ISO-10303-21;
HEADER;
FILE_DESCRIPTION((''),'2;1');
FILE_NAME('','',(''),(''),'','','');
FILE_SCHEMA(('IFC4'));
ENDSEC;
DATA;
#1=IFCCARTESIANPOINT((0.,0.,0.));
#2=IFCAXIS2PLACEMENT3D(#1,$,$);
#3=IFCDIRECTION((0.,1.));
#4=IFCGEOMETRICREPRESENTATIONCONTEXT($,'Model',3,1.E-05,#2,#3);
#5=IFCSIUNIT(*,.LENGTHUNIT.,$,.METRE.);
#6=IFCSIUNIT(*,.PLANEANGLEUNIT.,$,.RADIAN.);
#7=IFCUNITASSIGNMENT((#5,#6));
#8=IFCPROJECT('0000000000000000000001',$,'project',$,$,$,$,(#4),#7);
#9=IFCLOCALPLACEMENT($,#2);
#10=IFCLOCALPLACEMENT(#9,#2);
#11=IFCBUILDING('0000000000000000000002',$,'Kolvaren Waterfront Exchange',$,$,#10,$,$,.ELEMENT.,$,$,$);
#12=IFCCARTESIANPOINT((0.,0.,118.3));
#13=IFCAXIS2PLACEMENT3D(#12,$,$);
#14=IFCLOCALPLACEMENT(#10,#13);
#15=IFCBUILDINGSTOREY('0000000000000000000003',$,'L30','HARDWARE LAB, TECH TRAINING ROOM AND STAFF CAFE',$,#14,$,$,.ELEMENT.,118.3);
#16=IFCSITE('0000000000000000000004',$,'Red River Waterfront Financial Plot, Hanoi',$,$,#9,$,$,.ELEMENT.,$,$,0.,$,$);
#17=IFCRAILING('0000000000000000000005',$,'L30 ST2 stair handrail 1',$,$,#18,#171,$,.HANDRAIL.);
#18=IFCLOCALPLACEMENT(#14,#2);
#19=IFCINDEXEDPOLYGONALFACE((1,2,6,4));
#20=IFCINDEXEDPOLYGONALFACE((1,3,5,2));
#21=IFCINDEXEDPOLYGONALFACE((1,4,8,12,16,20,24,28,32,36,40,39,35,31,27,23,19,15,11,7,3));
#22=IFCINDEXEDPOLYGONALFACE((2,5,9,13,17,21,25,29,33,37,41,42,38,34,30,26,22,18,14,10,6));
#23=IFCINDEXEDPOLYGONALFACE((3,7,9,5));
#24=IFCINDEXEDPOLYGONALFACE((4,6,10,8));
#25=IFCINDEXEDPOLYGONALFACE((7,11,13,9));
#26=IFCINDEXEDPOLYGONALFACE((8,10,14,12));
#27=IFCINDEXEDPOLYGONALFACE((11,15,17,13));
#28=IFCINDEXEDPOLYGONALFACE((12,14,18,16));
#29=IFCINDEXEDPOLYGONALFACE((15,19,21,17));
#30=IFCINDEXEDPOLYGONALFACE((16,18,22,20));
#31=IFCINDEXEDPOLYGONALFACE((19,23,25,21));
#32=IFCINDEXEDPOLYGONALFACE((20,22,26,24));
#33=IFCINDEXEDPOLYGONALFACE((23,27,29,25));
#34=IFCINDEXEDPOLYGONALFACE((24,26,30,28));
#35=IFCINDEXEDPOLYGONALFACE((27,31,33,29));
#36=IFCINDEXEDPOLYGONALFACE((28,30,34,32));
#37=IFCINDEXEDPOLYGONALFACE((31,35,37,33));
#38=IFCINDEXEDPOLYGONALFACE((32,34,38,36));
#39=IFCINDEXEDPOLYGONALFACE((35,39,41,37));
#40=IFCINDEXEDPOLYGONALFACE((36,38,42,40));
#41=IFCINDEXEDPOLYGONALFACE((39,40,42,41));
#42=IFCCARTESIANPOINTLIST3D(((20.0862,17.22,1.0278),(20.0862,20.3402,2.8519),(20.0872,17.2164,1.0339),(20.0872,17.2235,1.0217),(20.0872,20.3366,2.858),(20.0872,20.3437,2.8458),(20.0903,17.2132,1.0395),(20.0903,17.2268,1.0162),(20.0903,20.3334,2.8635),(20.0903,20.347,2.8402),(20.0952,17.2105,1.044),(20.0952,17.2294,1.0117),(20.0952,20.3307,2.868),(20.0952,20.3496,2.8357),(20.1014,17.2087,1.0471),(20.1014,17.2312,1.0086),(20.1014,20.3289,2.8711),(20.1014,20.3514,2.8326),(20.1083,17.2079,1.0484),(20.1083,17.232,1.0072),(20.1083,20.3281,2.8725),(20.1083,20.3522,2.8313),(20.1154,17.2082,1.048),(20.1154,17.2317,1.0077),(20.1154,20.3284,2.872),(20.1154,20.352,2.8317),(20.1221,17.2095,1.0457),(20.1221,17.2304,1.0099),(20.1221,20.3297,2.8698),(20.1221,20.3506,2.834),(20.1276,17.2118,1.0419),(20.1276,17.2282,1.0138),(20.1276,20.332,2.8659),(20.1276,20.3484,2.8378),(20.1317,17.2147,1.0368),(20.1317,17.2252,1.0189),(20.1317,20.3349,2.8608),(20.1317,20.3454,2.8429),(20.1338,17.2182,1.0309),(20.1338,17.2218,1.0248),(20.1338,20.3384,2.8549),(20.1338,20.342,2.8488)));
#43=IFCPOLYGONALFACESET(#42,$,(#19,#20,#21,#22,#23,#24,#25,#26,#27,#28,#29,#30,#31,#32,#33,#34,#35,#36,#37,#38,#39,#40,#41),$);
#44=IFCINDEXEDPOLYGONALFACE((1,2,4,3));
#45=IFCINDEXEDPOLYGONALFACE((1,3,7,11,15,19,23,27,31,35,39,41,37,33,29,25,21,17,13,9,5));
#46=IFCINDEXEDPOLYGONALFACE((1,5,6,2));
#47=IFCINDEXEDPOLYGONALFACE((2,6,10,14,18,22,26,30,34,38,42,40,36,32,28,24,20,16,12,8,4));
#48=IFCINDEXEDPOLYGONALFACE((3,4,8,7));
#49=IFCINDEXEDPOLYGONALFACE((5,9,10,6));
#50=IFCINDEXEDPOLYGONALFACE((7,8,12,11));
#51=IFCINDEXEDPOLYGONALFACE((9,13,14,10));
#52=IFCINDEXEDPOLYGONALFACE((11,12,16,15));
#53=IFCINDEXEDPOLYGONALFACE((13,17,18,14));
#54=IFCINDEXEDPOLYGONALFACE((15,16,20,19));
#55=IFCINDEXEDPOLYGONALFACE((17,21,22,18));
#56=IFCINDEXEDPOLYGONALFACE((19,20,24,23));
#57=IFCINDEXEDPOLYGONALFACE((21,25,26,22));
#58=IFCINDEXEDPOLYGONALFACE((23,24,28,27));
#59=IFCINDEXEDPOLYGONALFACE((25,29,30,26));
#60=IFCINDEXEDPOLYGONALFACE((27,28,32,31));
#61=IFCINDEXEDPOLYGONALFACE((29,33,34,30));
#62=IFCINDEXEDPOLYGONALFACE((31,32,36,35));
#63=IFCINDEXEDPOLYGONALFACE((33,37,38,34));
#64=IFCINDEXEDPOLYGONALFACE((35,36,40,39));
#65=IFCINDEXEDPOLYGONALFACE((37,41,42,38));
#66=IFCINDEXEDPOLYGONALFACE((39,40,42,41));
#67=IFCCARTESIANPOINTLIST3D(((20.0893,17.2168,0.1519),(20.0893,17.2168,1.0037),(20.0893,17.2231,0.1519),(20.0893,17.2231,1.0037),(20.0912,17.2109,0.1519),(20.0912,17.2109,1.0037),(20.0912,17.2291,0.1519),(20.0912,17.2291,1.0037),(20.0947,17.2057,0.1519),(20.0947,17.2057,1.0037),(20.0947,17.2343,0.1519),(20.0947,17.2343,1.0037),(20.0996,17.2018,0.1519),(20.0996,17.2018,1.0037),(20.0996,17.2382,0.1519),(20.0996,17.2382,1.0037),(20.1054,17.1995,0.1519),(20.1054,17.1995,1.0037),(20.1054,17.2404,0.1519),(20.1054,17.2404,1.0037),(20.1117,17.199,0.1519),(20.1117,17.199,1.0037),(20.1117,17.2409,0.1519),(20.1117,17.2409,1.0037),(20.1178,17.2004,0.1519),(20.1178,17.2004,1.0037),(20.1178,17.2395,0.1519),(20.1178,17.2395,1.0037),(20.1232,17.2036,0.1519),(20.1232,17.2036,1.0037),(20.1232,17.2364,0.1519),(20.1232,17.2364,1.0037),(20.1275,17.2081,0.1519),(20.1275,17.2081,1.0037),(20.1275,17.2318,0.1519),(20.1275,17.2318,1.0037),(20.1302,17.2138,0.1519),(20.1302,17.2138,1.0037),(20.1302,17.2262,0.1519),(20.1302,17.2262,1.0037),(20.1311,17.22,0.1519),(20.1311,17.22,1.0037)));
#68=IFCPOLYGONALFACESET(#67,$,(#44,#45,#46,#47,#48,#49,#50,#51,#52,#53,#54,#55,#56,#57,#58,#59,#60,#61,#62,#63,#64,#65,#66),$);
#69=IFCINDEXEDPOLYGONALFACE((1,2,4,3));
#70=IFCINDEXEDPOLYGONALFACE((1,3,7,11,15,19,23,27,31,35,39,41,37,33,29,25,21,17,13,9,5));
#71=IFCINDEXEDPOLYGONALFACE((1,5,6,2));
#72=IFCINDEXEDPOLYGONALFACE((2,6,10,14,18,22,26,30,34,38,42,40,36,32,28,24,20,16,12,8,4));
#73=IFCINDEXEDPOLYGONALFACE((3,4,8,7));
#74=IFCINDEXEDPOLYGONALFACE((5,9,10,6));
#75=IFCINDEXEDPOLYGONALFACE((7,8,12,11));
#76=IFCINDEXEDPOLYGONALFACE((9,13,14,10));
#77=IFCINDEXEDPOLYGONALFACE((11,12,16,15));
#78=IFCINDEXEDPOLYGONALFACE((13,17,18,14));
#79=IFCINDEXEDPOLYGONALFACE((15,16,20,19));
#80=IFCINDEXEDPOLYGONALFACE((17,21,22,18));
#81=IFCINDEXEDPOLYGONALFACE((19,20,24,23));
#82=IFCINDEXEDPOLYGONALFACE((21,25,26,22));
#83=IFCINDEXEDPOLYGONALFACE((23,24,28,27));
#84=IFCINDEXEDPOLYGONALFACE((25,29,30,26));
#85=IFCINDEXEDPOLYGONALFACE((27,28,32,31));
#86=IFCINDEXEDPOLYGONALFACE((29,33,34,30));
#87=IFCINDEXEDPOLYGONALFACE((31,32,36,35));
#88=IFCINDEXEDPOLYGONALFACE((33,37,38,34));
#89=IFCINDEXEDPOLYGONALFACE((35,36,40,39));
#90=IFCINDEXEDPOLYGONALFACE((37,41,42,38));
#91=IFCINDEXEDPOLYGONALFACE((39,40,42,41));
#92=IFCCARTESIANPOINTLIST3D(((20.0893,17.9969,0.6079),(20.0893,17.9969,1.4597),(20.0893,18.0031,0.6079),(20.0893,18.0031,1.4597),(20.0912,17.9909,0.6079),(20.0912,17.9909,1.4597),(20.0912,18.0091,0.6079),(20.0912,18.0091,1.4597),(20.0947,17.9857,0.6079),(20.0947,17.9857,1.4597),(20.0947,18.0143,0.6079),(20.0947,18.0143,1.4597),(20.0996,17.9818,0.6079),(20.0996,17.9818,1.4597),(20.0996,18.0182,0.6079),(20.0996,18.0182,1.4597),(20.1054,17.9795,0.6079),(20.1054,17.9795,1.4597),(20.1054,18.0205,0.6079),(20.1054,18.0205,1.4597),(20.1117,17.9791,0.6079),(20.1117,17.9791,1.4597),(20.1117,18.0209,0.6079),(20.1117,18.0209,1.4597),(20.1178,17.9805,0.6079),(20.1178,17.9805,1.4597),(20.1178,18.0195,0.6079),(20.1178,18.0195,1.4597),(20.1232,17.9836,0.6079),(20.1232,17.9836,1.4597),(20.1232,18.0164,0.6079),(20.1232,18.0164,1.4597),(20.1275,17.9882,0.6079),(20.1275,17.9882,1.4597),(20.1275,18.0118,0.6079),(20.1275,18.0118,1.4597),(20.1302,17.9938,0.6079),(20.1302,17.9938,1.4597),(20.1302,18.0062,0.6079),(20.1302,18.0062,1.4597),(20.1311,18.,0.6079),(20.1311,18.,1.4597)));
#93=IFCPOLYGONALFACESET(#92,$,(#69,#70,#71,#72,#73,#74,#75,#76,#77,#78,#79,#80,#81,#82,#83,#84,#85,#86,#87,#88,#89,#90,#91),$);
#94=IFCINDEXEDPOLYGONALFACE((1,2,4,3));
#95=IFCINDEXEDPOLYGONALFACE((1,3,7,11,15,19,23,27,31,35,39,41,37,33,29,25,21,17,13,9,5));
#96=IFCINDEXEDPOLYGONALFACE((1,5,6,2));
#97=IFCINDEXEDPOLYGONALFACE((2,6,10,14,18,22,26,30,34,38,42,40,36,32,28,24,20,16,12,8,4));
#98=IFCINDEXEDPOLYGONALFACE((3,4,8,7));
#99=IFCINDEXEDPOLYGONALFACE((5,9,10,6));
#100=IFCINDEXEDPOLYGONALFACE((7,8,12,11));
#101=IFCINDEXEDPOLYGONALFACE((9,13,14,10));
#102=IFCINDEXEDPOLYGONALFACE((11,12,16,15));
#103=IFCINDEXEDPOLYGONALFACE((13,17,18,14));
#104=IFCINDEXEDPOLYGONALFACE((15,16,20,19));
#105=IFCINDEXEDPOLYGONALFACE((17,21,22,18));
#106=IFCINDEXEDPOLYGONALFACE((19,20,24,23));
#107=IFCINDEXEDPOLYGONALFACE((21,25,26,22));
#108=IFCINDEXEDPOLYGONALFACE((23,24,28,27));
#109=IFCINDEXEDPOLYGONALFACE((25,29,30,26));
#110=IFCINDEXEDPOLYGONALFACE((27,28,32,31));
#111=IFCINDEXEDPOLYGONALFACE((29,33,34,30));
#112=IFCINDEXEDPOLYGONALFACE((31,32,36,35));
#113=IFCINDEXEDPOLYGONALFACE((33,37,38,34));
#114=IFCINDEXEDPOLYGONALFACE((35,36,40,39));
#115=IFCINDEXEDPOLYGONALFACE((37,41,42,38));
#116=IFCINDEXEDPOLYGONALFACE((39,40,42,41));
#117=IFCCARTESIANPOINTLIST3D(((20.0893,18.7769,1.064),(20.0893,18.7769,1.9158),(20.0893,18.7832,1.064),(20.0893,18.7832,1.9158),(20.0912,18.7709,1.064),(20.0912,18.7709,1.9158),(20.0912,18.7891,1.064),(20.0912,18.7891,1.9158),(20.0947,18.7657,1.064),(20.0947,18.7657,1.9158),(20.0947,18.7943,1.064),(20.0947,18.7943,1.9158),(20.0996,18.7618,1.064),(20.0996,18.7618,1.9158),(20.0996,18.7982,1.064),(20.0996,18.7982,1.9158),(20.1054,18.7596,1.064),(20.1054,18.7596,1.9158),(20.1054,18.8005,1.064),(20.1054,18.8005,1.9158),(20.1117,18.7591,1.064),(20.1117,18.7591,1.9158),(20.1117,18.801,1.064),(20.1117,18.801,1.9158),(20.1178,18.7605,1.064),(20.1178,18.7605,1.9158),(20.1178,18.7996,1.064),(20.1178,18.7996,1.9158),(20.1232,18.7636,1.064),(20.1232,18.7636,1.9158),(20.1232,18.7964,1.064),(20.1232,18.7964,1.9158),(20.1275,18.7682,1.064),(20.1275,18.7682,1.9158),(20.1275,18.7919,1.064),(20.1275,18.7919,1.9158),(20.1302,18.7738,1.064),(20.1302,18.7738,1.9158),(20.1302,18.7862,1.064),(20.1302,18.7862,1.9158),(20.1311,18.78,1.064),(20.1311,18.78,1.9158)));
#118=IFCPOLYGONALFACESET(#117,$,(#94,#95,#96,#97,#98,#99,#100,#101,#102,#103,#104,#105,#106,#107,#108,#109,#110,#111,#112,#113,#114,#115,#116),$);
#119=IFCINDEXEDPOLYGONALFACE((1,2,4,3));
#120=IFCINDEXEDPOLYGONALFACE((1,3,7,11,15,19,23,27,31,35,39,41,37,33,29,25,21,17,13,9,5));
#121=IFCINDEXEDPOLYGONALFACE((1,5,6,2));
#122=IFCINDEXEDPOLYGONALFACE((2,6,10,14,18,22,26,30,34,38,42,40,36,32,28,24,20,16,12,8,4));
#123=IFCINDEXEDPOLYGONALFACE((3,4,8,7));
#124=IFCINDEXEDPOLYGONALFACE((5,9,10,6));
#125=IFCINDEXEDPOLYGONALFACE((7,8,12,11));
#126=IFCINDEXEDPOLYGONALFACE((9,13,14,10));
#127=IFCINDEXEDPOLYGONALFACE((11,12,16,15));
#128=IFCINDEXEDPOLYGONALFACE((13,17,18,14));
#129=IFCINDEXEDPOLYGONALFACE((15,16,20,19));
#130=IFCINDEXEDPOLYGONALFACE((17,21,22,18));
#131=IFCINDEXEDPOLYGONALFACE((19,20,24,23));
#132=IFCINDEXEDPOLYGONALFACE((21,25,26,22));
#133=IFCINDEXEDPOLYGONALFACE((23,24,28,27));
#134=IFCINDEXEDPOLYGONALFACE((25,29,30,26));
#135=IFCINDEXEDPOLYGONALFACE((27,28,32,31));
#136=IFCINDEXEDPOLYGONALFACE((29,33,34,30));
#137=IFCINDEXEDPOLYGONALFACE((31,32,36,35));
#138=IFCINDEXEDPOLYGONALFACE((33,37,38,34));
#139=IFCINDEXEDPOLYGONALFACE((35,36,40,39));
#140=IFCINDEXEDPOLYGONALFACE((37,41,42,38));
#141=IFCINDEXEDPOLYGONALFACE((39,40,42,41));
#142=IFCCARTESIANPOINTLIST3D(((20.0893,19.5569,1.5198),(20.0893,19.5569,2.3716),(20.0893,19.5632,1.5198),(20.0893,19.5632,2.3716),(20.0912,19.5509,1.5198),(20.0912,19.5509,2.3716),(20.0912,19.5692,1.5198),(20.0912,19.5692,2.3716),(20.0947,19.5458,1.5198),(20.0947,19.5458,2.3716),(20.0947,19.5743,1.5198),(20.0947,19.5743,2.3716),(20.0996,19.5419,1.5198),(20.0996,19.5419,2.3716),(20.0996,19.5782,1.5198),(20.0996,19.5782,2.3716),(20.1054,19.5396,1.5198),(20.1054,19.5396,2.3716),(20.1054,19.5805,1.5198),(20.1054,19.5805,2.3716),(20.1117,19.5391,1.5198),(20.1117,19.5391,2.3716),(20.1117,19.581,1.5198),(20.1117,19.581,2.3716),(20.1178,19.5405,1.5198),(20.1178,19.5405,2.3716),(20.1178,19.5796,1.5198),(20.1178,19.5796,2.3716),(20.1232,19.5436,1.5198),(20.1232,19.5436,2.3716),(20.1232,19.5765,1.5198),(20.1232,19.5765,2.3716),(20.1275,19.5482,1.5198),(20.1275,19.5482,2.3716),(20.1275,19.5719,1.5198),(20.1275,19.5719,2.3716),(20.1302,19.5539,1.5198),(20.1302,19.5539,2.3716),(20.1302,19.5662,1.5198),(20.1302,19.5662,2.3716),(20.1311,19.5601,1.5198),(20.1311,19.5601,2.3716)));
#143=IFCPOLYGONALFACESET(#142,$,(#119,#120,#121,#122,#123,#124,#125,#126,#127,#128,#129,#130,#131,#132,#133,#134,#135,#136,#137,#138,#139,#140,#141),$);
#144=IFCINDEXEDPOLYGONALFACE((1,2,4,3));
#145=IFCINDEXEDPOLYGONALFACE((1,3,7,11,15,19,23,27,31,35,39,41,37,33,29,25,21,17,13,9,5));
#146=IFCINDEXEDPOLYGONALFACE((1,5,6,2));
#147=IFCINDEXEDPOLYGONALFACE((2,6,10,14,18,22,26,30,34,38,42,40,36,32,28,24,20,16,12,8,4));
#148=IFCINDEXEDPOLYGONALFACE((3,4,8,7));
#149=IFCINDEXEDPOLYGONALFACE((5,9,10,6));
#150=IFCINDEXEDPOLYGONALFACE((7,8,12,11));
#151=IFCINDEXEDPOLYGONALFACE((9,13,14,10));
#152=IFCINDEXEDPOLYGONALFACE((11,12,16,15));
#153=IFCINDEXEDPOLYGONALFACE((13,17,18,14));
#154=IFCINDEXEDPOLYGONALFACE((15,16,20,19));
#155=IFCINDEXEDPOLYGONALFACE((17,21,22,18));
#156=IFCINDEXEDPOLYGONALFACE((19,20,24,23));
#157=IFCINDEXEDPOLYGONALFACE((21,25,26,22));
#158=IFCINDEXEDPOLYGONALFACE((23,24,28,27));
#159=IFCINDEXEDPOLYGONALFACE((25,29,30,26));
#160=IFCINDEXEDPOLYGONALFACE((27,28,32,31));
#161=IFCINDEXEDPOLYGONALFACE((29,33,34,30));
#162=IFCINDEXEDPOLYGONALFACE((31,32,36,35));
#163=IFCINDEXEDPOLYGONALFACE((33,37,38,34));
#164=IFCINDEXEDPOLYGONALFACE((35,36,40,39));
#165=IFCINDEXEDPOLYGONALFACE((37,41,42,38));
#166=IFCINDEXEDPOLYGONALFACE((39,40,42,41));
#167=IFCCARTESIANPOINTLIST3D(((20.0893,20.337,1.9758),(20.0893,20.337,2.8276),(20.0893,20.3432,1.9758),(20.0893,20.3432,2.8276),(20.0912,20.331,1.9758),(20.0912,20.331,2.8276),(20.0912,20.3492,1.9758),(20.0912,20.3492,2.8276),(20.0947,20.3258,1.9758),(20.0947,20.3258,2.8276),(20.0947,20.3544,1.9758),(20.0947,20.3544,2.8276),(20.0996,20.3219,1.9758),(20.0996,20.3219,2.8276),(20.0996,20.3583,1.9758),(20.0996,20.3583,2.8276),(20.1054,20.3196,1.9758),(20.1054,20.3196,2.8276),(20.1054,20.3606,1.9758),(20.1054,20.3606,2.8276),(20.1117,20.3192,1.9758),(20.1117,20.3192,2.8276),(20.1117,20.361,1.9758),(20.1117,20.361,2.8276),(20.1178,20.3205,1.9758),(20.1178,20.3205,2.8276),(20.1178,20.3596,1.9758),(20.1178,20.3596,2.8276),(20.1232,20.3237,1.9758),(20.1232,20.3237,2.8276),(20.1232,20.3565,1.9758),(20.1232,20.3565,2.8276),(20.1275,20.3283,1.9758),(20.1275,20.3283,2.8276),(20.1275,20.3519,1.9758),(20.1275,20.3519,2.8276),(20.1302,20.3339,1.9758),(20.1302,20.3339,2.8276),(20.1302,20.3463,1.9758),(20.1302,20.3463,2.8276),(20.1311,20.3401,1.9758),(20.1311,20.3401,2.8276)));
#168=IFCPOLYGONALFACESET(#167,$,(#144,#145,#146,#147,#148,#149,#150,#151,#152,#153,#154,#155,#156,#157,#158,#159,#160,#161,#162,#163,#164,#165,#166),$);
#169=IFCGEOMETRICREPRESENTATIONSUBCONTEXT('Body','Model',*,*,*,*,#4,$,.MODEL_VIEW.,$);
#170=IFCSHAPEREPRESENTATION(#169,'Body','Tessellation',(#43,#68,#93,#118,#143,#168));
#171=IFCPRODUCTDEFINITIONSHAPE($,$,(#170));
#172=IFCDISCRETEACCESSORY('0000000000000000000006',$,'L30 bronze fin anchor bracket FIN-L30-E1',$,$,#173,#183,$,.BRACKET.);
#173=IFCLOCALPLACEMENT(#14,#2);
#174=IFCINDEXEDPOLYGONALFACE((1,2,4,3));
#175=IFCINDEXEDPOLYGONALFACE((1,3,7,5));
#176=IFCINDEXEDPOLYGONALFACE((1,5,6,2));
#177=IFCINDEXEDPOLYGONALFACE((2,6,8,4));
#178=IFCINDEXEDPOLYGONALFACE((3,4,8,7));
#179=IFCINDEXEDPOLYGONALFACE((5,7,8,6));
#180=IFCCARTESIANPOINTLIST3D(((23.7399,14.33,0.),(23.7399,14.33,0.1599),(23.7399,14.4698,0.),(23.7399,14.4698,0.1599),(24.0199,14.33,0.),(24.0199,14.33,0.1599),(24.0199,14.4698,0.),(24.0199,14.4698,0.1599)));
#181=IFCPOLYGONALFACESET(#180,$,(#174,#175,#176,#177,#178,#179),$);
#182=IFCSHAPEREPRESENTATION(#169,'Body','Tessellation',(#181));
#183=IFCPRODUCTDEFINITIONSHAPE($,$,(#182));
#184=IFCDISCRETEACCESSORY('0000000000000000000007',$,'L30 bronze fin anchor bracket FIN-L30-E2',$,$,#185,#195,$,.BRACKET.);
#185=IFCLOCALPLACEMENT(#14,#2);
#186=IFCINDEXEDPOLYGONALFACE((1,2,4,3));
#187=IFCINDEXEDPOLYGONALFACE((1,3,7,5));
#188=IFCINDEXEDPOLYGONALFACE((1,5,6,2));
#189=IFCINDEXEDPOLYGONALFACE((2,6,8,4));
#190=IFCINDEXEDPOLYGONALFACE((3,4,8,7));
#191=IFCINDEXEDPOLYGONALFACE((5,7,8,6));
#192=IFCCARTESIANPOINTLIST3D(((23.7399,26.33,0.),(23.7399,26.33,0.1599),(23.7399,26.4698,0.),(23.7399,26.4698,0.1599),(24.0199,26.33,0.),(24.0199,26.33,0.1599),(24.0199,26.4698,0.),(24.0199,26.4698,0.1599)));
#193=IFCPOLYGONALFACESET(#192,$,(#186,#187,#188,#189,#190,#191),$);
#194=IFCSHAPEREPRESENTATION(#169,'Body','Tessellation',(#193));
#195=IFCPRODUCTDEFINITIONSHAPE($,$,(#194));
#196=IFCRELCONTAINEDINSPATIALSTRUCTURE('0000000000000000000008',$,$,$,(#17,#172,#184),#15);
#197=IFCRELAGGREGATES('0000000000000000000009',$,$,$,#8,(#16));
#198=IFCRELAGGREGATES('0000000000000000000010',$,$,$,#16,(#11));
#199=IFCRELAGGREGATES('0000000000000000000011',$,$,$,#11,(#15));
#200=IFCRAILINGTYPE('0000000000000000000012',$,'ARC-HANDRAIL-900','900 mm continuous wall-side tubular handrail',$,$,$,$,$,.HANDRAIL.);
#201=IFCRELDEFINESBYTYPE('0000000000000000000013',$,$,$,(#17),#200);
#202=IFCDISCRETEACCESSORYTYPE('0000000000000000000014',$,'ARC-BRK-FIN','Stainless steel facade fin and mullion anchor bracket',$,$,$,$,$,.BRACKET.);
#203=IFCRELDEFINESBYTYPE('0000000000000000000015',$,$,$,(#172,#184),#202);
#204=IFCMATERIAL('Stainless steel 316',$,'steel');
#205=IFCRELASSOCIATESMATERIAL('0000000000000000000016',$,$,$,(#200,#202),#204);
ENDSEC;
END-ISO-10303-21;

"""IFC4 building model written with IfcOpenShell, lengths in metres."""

from ifc_helpers import new_model, si_unit, direction, frame, origin, origin_with_axes, origin_2d, place, context, subcontext, project, spatial, rectangle, circle, extrude, source, transform, mapped, material, type_object, element, save


model = new_model("IFC4")

# Units and contexts
model_context = context("Model", 3, precision=1e-05, world=origin(), true_north=direction((0.0, 1.0)))
body_context = subcontext(model_context, "Body", "Model", "MODEL_VIEW")
ifc_project = project(units=[si_unit("LENGTHUNIT", "METRE"), si_unit("PLANEANGLEUNIT", "RADIAN")], contexts=[model_context])

# Site, building, storey
site_placement = place(None, origin())
site = spatial("IfcSite", under=ifc_project, at=site_placement, Name="Red River Waterfront Financial Plot, Hanoi", CompositionType="ELEMENT", RefElevation=0.0)
building_placement = place(site_placement, origin())
building = spatial("IfcBuilding", under=site, at=building_placement, Name="Kolvaren Waterfront Exchange", CompositionType="ELEMENT")
storey_placement = place(building_placement, frame((0.0, 0.0, 118.3)))
storey = spatial("IfcBuildingStorey", under=building, at=storey_placement, Name="L30", Description="HARDWARE LAB, TECH TRAINING ROOM AND STAFF CAFE", CompositionType="ELEMENT", Elevation=118.3)

# Railing
ifc_material_1 = material(Name="Stainless steel 316", Category="steel")
railing_type = type_object("IfcRailingType", Name="ARC-HANDRAIL-900", Description="900 mm continuous wall-side tubular handrail", PredefinedType="HANDRAIL", material=ifc_material_1)
railing_placement = place(storey_placement, frame((20.1101, 17.22, 0.1519)))
element("IfcRailing", 1, at=railing_placement, inside=storey, type_object=railing_type, Name="L30 ST2 stair handrail 1", PredefinedType="HANDRAIL", context=body_context, shape_type="SweptSolid", body=[
    extrude(circle(Radius=0.0239, at=origin_2d()), frame((0.0, 0.0, 0.876), z_axis=(0.0, 0.863308, 0.504677), x_axis=(-1.0, 0.0, 0.0)), (0.0, 0.0, 1.0), 3.6143),
    extrude(circle(Radius=0.021, at=origin_2d()), origin(), (0.0, 0.0, 1.0), 0.8518),
    extrude(circle(Radius=0.021, at=origin_2d()), frame((0.0, 0.78, 0.4561)), (0.0, 0.0, 1.0), 0.8518),
    extrude(circle(Radius=0.021, at=origin_2d()), frame((0.0, 1.5601, 0.9121)), (0.0, 0.0, 1.0), 0.8518),
    extrude(circle(Radius=0.021, at=origin_2d()), frame((0.0, 2.3401, 1.3679)), (0.0, 0.0, 1.0), 0.8518),
    extrude(circle(Radius=0.021, at=origin_2d()), frame((0.0, 3.1201, 1.824)), (0.0, 0.0, 1.0), 0.8518),
])

# Discrete accessories
discrete_accessory_type = type_object("IfcDiscreteAccessoryType", Name="ARC-BRK-FIN", Description="Stainless steel facade fin and mullion anchor bracket", PredefinedType="BRACKET", material=ifc_material_1)
shared_shape_1 = source(origin_with_axes(), body_context, "Body", "SweptSolid", [
    extrude(rectangle(XDim=0.28, YDim=0.1399, at=origin_2d()), origin(), (0.0, 0.0, 1.0), 0.1599),
])
for number, where, z_axis, x_axis, name in (
    (2, (23.8799, 14.3999, 0.0), (0.0, 0.0, 1.0), (1.0, 0.0, 0.0), "L30 bronze fin anchor bracket FIN-L30-E1"),
    (3, (23.8799, 26.3999, 0.0), (0.0, 0.0, 1.0), (1.0, 0.0, 0.0), "L30 bronze fin anchor bracket FIN-L30-E2"),
):
    element("IfcDiscreteAccessory", number, at=place(storey_placement, frame(where, z_axis=z_axis, x_axis=x_axis)), inside=storey, type_object=discrete_accessory_type, Name=name, PredefinedType="BRACKET", context=body_context, shape_type="MappedRepresentation", body=[
        mapped(shared_shape_1, transform((0.0, 0.0, 0.0), x_axis=(1.0, 0.0, 0.0), y_axis=(0.0, 1.0, 0.0), z_axis=(0.0, 0.0, 1.0), scale=1.0)),
    ])

save(model, "model.ifc")
